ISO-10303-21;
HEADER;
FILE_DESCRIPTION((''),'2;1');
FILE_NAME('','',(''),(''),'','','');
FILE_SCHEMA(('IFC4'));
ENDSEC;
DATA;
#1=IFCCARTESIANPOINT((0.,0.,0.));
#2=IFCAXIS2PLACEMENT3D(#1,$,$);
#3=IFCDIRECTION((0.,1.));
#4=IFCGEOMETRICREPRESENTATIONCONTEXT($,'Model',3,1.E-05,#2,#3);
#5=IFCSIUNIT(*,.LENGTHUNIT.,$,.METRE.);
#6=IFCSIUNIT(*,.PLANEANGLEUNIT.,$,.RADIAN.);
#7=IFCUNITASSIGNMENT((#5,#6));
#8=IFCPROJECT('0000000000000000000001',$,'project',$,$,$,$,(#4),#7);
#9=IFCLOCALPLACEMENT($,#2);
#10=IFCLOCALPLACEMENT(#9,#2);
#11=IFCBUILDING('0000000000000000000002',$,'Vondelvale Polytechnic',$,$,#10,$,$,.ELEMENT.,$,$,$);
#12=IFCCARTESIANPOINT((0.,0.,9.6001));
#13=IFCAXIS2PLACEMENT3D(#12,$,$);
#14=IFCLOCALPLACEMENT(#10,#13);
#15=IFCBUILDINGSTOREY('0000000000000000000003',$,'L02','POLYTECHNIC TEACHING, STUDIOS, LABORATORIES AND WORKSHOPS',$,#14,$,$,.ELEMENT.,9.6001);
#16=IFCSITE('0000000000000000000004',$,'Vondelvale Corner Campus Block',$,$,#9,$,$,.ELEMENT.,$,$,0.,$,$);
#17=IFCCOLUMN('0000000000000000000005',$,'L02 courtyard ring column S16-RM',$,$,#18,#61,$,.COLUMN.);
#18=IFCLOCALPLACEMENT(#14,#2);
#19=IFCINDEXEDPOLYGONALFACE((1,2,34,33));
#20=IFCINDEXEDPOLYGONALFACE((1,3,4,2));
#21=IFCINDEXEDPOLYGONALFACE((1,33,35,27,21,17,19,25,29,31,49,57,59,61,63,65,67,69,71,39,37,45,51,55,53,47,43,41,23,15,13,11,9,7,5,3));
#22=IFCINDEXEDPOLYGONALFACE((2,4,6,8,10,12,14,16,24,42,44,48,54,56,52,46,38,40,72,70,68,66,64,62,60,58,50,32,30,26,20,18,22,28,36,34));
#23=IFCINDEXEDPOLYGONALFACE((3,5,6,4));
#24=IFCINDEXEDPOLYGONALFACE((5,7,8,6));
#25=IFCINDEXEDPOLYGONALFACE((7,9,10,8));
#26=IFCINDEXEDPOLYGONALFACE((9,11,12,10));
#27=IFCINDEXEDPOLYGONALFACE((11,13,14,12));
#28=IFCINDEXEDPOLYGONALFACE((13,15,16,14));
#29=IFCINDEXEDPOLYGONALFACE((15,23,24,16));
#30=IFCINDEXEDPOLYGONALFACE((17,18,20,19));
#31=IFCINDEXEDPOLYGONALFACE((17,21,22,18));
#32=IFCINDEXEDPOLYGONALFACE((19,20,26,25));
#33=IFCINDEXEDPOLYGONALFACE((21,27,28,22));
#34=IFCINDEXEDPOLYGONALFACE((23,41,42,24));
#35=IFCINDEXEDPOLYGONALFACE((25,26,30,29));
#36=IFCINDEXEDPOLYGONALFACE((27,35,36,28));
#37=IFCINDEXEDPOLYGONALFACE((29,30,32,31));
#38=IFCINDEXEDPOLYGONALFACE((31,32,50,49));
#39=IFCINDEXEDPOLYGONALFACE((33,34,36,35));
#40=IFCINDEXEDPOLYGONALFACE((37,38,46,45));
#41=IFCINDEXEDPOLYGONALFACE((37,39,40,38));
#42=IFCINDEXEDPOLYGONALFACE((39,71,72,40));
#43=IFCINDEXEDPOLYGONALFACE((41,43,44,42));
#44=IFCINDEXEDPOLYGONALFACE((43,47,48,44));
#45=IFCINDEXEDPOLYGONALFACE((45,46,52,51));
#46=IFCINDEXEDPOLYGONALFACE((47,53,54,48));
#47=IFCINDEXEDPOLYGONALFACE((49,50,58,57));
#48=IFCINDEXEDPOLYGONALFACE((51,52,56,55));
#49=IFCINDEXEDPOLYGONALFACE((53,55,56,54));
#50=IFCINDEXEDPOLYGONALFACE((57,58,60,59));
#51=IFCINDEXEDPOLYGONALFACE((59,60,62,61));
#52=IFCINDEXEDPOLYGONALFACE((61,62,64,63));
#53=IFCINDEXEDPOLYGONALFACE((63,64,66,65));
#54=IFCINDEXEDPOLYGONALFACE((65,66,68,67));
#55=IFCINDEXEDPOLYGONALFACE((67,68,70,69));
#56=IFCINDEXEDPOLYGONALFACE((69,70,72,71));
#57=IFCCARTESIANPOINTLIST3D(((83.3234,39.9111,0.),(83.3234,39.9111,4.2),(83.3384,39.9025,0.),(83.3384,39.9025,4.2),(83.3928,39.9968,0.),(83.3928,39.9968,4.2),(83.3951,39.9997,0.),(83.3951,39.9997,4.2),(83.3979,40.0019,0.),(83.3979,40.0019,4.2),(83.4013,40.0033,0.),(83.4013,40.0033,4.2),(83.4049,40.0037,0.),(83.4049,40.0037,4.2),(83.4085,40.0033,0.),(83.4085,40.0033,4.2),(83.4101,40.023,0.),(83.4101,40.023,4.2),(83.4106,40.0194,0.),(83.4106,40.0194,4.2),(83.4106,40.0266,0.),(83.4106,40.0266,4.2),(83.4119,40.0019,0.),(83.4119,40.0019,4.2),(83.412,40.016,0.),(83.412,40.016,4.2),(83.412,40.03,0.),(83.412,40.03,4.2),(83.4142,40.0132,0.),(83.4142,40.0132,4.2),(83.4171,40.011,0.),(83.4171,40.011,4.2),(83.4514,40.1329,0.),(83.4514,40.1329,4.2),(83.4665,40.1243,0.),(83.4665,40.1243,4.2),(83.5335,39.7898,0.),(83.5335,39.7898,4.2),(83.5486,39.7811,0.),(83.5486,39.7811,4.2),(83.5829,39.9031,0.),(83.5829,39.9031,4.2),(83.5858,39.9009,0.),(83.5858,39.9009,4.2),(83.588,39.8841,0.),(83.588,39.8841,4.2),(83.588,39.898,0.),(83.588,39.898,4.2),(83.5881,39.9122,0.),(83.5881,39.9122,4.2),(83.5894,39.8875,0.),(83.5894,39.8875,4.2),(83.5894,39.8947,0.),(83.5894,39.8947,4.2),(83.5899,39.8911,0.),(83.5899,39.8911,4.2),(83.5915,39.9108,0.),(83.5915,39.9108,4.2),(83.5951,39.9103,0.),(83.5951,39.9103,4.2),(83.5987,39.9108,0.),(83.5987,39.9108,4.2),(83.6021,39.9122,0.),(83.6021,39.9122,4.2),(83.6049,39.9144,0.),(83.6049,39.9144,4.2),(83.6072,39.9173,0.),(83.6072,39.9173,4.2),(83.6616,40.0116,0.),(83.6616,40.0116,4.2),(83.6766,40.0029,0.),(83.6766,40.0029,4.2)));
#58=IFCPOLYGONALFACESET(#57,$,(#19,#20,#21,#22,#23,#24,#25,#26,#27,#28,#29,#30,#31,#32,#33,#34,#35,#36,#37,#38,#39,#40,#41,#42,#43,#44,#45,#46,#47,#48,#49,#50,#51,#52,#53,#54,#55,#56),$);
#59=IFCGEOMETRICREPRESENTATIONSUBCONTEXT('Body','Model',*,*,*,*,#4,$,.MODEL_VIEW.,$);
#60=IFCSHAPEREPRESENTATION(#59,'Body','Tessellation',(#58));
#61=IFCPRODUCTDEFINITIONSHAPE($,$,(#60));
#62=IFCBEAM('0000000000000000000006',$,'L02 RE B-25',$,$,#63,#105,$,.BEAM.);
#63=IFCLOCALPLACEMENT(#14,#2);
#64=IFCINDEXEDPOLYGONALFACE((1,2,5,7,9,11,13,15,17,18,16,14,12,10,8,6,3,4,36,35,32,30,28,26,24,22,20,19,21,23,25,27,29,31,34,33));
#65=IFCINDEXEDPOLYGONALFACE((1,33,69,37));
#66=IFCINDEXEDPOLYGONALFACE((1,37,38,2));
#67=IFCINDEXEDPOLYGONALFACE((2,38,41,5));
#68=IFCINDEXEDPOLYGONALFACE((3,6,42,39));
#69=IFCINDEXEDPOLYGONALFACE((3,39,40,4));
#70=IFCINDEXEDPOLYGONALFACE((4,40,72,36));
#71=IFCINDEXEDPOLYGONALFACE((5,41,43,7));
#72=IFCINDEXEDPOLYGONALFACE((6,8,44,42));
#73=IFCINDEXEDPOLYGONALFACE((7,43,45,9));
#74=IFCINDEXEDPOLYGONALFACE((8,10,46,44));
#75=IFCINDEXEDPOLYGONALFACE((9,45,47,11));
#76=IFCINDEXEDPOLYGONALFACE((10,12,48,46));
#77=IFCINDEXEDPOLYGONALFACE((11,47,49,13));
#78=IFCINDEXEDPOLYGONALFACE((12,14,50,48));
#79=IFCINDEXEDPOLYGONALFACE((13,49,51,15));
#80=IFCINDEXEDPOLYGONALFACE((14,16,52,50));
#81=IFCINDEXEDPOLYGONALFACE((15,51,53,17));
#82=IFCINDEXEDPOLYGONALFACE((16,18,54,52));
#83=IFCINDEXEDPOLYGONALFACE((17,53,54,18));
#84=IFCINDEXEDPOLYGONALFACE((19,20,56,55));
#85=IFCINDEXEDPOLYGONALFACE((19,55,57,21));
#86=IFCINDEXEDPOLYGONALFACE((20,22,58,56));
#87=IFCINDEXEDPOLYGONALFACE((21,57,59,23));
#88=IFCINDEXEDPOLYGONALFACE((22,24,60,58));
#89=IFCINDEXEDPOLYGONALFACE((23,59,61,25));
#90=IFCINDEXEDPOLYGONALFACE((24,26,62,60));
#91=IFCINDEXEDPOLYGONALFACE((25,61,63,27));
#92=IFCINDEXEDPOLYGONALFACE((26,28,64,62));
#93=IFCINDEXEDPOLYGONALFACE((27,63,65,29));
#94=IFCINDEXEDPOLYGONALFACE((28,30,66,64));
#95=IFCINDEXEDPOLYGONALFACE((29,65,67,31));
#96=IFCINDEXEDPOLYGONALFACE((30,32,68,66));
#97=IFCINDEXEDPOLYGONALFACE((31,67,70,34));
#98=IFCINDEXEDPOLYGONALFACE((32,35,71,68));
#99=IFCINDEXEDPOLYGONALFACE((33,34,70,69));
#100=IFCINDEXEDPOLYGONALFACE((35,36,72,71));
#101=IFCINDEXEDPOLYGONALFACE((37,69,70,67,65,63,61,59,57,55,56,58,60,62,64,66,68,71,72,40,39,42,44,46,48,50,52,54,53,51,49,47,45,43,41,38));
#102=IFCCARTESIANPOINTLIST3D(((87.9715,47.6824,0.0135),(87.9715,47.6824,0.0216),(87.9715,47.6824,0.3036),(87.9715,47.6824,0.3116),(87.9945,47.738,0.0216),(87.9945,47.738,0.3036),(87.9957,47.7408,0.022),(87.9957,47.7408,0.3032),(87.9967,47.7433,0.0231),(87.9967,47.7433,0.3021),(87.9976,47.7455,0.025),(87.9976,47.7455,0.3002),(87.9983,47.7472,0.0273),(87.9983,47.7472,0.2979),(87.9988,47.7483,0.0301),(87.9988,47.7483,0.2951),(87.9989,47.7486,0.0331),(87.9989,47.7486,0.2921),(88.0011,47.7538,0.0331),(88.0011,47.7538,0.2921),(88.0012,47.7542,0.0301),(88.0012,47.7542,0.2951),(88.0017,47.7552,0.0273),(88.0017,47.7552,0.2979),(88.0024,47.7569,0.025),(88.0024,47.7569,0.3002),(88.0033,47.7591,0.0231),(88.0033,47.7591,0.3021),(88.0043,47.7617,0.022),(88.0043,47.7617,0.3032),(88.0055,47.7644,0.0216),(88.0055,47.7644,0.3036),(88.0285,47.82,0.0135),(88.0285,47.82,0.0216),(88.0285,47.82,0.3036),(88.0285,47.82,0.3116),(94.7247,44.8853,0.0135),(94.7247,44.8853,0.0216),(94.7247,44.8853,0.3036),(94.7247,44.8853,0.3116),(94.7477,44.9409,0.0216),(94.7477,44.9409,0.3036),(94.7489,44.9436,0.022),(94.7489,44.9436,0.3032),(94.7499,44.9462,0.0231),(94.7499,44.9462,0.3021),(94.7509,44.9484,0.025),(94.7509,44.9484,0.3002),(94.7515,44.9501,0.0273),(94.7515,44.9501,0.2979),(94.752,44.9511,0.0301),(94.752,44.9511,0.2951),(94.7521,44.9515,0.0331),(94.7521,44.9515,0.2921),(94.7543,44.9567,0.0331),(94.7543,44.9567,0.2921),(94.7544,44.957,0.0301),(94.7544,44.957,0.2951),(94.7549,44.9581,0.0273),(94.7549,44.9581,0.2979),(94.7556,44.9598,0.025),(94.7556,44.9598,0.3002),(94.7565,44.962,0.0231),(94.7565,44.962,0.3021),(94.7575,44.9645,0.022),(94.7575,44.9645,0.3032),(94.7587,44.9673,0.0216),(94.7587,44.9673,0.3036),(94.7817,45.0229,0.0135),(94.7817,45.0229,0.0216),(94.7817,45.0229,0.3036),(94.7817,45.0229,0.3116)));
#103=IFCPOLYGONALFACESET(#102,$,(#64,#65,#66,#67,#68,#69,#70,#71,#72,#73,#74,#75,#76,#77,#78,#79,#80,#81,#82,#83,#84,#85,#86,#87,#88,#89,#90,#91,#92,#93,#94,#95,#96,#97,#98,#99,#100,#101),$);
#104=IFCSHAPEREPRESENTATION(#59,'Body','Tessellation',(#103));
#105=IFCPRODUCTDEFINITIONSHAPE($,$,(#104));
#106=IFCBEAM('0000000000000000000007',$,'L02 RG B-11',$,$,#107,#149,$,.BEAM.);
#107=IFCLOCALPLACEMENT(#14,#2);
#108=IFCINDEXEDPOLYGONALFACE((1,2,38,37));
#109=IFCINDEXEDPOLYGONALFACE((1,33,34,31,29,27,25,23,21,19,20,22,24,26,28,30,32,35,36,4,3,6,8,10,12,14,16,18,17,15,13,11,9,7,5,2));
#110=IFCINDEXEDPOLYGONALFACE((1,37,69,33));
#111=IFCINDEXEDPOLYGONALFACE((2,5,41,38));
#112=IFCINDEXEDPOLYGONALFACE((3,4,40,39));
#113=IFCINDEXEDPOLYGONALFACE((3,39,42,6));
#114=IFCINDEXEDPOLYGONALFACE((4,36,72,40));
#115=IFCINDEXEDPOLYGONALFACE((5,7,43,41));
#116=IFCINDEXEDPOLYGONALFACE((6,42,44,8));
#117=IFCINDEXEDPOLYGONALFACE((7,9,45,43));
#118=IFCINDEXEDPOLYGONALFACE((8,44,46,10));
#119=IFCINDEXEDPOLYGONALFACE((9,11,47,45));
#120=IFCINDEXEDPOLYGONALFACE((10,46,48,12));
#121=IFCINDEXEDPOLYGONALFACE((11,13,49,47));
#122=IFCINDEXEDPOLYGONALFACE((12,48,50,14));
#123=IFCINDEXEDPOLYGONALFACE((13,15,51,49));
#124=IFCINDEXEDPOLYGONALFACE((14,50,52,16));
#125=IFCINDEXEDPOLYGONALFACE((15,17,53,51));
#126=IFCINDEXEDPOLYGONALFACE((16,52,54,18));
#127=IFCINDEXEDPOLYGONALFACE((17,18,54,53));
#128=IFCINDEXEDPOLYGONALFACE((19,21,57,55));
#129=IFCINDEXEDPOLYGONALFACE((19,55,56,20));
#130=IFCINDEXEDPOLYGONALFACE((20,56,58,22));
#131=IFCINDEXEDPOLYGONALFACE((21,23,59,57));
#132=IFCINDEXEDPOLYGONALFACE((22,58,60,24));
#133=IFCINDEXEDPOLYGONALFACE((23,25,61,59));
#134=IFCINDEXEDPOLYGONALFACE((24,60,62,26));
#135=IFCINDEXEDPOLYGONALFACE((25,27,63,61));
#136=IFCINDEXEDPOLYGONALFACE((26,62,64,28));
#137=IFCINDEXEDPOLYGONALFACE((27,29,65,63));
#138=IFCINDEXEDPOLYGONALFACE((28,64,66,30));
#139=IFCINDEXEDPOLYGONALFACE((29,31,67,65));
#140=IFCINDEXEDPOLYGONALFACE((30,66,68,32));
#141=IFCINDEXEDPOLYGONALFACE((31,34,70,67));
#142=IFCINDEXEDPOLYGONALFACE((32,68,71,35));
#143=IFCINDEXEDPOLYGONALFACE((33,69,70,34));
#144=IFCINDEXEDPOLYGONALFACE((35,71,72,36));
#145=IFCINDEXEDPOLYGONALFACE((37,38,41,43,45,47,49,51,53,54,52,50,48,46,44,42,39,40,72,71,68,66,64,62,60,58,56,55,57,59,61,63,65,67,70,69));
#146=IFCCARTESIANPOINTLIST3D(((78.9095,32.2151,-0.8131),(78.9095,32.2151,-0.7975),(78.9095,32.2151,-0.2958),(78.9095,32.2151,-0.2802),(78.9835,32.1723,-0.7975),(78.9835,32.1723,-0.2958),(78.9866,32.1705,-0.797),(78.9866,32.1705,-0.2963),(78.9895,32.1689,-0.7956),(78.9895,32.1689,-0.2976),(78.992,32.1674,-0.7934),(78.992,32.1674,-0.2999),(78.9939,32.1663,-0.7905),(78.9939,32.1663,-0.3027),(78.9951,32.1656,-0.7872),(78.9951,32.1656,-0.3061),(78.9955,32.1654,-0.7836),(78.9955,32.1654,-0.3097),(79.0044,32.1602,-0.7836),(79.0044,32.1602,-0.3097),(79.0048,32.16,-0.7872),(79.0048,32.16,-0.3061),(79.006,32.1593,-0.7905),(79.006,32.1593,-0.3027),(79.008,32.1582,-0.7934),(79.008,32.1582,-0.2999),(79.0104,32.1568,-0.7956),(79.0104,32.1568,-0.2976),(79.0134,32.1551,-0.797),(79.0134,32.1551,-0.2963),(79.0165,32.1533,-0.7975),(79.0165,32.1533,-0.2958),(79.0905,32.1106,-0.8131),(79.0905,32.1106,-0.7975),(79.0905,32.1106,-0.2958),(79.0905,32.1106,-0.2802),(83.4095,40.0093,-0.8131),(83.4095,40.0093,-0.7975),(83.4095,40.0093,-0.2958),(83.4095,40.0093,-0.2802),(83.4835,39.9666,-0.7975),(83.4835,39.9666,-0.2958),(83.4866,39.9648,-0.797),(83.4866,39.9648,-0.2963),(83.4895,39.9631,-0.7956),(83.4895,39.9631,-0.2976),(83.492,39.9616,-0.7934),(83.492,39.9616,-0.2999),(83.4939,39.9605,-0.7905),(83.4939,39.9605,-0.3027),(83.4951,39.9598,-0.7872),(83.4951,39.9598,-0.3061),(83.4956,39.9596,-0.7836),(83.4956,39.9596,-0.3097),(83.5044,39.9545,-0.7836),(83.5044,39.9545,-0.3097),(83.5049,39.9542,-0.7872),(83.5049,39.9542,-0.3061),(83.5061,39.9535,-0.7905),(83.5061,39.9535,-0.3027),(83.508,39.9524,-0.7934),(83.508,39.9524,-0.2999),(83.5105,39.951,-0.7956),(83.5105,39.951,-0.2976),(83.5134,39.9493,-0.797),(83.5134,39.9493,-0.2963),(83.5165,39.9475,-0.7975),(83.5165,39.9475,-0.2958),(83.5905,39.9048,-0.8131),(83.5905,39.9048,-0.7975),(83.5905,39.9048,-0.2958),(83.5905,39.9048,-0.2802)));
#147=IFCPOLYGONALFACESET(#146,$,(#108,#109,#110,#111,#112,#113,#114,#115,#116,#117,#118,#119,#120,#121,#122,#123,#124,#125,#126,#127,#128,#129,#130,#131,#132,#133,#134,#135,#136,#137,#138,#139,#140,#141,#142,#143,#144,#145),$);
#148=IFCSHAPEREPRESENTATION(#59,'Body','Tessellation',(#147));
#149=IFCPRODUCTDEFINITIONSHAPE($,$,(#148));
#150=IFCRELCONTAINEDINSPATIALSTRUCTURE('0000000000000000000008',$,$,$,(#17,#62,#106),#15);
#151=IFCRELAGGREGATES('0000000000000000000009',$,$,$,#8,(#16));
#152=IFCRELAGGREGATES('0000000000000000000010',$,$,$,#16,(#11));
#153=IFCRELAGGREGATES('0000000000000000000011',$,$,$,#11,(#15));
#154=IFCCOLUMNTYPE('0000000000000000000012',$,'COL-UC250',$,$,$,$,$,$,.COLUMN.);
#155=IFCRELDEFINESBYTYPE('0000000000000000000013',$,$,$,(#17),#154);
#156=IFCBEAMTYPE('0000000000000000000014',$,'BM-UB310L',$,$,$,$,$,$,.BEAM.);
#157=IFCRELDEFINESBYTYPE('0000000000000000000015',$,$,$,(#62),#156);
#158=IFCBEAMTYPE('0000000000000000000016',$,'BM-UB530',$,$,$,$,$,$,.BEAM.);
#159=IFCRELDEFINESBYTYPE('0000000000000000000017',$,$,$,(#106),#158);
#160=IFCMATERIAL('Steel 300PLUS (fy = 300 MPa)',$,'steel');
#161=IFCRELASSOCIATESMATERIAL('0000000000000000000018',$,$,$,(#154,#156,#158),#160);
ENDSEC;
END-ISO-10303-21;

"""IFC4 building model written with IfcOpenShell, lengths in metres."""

from ifc_helpers import new_model, si_unit, direction, frame, origin, origin_2d, place, context, subcontext, project, spatial, i_section, extrude, material, material_profile, profile_set, type_object, element, save


model = new_model("IFC4")

# Units and contexts
model_context = context("Model", 3, precision=1e-05, world=origin(), true_north=direction((0.0, 1.0)))
body_context = subcontext(model_context, "Body", "Model", "MODEL_VIEW")
ifc_project = project(units=[si_unit("LENGTHUNIT", "METRE"), si_unit("PLANEANGLEUNIT", "RADIAN")], contexts=[model_context])

# Site, building, storey
site_placement = place(None, origin())
site = spatial("IfcSite", under=ifc_project, at=site_placement, Name="Vondelvale Corner Campus Block", CompositionType="ELEMENT", RefElevation=0.0)
building_placement = place(site_placement, origin())
building = spatial("IfcBuilding", under=site, at=building_placement, Name="Vondelvale Polytechnic", CompositionType="ELEMENT")
storey_placement = place(building_placement, frame((0.0, 0.0, 9.6001)))
storey = spatial("IfcBuildingStorey", under=building, at=storey_placement, Name="L02", Description="POLYTECHNIC TEACHING, STUDIOS, LABORATORIES AND WORKSHOPS", CompositionType="ELEMENT", Elevation=9.6001)

# Column
ifc_material_1 = material(Name="Steel 300PLUS (fy = 300 MPa)", Category="steel")
ifc_material_profile_1 = material_profile(ifc_material_1, i_section(OverallWidth=0.2561, OverallDepth=0.26, WebThickness=0.0105, FlangeThickness=0.0173, FilletRadius=0.0139, at=origin_2d()), Name="250UC89.5")
ifc_profile_set_1 = profile_set([ifc_material_profile_1], Name="Steel 300PLUS (fy = 300 MPa)")
column_type_1 = type_object("IfcColumnType", Name="COL-UC250", PredefinedType="COLUMN", material=ifc_profile_set_1)
column_1_placement = place(storey_placement, frame((83.5, 39.957, 0.0), z_axis=(0.0, 0.0, 1.0), x_axis=(0.5, 0.866025, 0.0)))
element("IfcColumn", 1, at=column_1_placement, inside=storey, type_object=column_type_1, Name="L02 courtyard ring column S16-RM", PredefinedType="COLUMN", context=body_context, shape_type="SweptSolid", body=[
    extrude(i_section(OverallWidth=0.2561, OverallDepth=0.26, WebThickness=0.0105, FlangeThickness=0.0173, FilletRadius=0.0139, at=origin_2d()), origin(), (0.0, 0.0, 1.0), 4.2),
])

# Beams
ifc_material_profile_2 = material_profile(ifc_material_1, i_section(OverallWidth=0.1489, OverallDepth=0.2981, WebThickness=0.0056, FlangeThickness=0.0081, FilletRadius=0.0115, at=origin_2d()), Name="310UB32.0")
ifc_profile_set_2 = profile_set([ifc_material_profile_2], Name="Steel 300PLUS (fy = 300 MPa)")
beam_type_1 = type_object("IfcBeamType", Name="BM-UB310L", PredefinedType="BEAM", material=ifc_profile_set_2)
beam_1_placement = place(storey_placement, frame((88.0, 47.7512, 0.1626), z_axis=(0.923886, -0.382667, 0.0), x_axis=(0.382667, 0.923886, 0.0)))
element("IfcBeam", 2, at=beam_1_placement, inside=storey, type_object=beam_type_1, Name="L02 RE B-25", PredefinedType="BEAM", context=body_context, shape_type="SweptSolid", body=[
    extrude(i_section(OverallWidth=0.1489, OverallDepth=0.2981, WebThickness=0.0056, FlangeThickness=0.0081, FilletRadius=0.0115, at=origin_2d()), origin(), (0.0, 0.0, 1.0), 7.3096),
])
ifc_material_profile_3 = material_profile(ifc_material_1, i_section(OverallWidth=0.209, OverallDepth=0.533, WebThickness=0.0103, FlangeThickness=0.0156, FilletRadius=0.0139, at=origin_2d()), Name="530UB92.4")
ifc_profile_set_3 = profile_set([ifc_material_profile_3], Name="Steel 300PLUS (fy = 300 MPa)")
beam_type_2 = type_object("IfcBeamType", Name="BM-UB530", PredefinedType="BEAM", material=ifc_profile_set_3)
beam_2_placement = place(storey_placement, frame((83.5, 39.957, -0.5466), z_axis=(-0.500002, -0.866024, 0.0), x_axis=(0.866024, -0.500002, 0.0)))
element("IfcBeam", 3, at=beam_2_placement, inside=storey, type_object=beam_type_2, Name="L02 RG B-11", PredefinedType="BEAM", context=body_context, shape_type="SweptSolid", body=[
    extrude(i_section(OverallWidth=0.209, OverallDepth=0.533, WebThickness=0.0103, FlangeThickness=0.0156, FilletRadius=0.0139, at=origin_2d()), origin(), (0.0, 0.0, 1.0), 9.0),
])

save(model, "model.ifc")
